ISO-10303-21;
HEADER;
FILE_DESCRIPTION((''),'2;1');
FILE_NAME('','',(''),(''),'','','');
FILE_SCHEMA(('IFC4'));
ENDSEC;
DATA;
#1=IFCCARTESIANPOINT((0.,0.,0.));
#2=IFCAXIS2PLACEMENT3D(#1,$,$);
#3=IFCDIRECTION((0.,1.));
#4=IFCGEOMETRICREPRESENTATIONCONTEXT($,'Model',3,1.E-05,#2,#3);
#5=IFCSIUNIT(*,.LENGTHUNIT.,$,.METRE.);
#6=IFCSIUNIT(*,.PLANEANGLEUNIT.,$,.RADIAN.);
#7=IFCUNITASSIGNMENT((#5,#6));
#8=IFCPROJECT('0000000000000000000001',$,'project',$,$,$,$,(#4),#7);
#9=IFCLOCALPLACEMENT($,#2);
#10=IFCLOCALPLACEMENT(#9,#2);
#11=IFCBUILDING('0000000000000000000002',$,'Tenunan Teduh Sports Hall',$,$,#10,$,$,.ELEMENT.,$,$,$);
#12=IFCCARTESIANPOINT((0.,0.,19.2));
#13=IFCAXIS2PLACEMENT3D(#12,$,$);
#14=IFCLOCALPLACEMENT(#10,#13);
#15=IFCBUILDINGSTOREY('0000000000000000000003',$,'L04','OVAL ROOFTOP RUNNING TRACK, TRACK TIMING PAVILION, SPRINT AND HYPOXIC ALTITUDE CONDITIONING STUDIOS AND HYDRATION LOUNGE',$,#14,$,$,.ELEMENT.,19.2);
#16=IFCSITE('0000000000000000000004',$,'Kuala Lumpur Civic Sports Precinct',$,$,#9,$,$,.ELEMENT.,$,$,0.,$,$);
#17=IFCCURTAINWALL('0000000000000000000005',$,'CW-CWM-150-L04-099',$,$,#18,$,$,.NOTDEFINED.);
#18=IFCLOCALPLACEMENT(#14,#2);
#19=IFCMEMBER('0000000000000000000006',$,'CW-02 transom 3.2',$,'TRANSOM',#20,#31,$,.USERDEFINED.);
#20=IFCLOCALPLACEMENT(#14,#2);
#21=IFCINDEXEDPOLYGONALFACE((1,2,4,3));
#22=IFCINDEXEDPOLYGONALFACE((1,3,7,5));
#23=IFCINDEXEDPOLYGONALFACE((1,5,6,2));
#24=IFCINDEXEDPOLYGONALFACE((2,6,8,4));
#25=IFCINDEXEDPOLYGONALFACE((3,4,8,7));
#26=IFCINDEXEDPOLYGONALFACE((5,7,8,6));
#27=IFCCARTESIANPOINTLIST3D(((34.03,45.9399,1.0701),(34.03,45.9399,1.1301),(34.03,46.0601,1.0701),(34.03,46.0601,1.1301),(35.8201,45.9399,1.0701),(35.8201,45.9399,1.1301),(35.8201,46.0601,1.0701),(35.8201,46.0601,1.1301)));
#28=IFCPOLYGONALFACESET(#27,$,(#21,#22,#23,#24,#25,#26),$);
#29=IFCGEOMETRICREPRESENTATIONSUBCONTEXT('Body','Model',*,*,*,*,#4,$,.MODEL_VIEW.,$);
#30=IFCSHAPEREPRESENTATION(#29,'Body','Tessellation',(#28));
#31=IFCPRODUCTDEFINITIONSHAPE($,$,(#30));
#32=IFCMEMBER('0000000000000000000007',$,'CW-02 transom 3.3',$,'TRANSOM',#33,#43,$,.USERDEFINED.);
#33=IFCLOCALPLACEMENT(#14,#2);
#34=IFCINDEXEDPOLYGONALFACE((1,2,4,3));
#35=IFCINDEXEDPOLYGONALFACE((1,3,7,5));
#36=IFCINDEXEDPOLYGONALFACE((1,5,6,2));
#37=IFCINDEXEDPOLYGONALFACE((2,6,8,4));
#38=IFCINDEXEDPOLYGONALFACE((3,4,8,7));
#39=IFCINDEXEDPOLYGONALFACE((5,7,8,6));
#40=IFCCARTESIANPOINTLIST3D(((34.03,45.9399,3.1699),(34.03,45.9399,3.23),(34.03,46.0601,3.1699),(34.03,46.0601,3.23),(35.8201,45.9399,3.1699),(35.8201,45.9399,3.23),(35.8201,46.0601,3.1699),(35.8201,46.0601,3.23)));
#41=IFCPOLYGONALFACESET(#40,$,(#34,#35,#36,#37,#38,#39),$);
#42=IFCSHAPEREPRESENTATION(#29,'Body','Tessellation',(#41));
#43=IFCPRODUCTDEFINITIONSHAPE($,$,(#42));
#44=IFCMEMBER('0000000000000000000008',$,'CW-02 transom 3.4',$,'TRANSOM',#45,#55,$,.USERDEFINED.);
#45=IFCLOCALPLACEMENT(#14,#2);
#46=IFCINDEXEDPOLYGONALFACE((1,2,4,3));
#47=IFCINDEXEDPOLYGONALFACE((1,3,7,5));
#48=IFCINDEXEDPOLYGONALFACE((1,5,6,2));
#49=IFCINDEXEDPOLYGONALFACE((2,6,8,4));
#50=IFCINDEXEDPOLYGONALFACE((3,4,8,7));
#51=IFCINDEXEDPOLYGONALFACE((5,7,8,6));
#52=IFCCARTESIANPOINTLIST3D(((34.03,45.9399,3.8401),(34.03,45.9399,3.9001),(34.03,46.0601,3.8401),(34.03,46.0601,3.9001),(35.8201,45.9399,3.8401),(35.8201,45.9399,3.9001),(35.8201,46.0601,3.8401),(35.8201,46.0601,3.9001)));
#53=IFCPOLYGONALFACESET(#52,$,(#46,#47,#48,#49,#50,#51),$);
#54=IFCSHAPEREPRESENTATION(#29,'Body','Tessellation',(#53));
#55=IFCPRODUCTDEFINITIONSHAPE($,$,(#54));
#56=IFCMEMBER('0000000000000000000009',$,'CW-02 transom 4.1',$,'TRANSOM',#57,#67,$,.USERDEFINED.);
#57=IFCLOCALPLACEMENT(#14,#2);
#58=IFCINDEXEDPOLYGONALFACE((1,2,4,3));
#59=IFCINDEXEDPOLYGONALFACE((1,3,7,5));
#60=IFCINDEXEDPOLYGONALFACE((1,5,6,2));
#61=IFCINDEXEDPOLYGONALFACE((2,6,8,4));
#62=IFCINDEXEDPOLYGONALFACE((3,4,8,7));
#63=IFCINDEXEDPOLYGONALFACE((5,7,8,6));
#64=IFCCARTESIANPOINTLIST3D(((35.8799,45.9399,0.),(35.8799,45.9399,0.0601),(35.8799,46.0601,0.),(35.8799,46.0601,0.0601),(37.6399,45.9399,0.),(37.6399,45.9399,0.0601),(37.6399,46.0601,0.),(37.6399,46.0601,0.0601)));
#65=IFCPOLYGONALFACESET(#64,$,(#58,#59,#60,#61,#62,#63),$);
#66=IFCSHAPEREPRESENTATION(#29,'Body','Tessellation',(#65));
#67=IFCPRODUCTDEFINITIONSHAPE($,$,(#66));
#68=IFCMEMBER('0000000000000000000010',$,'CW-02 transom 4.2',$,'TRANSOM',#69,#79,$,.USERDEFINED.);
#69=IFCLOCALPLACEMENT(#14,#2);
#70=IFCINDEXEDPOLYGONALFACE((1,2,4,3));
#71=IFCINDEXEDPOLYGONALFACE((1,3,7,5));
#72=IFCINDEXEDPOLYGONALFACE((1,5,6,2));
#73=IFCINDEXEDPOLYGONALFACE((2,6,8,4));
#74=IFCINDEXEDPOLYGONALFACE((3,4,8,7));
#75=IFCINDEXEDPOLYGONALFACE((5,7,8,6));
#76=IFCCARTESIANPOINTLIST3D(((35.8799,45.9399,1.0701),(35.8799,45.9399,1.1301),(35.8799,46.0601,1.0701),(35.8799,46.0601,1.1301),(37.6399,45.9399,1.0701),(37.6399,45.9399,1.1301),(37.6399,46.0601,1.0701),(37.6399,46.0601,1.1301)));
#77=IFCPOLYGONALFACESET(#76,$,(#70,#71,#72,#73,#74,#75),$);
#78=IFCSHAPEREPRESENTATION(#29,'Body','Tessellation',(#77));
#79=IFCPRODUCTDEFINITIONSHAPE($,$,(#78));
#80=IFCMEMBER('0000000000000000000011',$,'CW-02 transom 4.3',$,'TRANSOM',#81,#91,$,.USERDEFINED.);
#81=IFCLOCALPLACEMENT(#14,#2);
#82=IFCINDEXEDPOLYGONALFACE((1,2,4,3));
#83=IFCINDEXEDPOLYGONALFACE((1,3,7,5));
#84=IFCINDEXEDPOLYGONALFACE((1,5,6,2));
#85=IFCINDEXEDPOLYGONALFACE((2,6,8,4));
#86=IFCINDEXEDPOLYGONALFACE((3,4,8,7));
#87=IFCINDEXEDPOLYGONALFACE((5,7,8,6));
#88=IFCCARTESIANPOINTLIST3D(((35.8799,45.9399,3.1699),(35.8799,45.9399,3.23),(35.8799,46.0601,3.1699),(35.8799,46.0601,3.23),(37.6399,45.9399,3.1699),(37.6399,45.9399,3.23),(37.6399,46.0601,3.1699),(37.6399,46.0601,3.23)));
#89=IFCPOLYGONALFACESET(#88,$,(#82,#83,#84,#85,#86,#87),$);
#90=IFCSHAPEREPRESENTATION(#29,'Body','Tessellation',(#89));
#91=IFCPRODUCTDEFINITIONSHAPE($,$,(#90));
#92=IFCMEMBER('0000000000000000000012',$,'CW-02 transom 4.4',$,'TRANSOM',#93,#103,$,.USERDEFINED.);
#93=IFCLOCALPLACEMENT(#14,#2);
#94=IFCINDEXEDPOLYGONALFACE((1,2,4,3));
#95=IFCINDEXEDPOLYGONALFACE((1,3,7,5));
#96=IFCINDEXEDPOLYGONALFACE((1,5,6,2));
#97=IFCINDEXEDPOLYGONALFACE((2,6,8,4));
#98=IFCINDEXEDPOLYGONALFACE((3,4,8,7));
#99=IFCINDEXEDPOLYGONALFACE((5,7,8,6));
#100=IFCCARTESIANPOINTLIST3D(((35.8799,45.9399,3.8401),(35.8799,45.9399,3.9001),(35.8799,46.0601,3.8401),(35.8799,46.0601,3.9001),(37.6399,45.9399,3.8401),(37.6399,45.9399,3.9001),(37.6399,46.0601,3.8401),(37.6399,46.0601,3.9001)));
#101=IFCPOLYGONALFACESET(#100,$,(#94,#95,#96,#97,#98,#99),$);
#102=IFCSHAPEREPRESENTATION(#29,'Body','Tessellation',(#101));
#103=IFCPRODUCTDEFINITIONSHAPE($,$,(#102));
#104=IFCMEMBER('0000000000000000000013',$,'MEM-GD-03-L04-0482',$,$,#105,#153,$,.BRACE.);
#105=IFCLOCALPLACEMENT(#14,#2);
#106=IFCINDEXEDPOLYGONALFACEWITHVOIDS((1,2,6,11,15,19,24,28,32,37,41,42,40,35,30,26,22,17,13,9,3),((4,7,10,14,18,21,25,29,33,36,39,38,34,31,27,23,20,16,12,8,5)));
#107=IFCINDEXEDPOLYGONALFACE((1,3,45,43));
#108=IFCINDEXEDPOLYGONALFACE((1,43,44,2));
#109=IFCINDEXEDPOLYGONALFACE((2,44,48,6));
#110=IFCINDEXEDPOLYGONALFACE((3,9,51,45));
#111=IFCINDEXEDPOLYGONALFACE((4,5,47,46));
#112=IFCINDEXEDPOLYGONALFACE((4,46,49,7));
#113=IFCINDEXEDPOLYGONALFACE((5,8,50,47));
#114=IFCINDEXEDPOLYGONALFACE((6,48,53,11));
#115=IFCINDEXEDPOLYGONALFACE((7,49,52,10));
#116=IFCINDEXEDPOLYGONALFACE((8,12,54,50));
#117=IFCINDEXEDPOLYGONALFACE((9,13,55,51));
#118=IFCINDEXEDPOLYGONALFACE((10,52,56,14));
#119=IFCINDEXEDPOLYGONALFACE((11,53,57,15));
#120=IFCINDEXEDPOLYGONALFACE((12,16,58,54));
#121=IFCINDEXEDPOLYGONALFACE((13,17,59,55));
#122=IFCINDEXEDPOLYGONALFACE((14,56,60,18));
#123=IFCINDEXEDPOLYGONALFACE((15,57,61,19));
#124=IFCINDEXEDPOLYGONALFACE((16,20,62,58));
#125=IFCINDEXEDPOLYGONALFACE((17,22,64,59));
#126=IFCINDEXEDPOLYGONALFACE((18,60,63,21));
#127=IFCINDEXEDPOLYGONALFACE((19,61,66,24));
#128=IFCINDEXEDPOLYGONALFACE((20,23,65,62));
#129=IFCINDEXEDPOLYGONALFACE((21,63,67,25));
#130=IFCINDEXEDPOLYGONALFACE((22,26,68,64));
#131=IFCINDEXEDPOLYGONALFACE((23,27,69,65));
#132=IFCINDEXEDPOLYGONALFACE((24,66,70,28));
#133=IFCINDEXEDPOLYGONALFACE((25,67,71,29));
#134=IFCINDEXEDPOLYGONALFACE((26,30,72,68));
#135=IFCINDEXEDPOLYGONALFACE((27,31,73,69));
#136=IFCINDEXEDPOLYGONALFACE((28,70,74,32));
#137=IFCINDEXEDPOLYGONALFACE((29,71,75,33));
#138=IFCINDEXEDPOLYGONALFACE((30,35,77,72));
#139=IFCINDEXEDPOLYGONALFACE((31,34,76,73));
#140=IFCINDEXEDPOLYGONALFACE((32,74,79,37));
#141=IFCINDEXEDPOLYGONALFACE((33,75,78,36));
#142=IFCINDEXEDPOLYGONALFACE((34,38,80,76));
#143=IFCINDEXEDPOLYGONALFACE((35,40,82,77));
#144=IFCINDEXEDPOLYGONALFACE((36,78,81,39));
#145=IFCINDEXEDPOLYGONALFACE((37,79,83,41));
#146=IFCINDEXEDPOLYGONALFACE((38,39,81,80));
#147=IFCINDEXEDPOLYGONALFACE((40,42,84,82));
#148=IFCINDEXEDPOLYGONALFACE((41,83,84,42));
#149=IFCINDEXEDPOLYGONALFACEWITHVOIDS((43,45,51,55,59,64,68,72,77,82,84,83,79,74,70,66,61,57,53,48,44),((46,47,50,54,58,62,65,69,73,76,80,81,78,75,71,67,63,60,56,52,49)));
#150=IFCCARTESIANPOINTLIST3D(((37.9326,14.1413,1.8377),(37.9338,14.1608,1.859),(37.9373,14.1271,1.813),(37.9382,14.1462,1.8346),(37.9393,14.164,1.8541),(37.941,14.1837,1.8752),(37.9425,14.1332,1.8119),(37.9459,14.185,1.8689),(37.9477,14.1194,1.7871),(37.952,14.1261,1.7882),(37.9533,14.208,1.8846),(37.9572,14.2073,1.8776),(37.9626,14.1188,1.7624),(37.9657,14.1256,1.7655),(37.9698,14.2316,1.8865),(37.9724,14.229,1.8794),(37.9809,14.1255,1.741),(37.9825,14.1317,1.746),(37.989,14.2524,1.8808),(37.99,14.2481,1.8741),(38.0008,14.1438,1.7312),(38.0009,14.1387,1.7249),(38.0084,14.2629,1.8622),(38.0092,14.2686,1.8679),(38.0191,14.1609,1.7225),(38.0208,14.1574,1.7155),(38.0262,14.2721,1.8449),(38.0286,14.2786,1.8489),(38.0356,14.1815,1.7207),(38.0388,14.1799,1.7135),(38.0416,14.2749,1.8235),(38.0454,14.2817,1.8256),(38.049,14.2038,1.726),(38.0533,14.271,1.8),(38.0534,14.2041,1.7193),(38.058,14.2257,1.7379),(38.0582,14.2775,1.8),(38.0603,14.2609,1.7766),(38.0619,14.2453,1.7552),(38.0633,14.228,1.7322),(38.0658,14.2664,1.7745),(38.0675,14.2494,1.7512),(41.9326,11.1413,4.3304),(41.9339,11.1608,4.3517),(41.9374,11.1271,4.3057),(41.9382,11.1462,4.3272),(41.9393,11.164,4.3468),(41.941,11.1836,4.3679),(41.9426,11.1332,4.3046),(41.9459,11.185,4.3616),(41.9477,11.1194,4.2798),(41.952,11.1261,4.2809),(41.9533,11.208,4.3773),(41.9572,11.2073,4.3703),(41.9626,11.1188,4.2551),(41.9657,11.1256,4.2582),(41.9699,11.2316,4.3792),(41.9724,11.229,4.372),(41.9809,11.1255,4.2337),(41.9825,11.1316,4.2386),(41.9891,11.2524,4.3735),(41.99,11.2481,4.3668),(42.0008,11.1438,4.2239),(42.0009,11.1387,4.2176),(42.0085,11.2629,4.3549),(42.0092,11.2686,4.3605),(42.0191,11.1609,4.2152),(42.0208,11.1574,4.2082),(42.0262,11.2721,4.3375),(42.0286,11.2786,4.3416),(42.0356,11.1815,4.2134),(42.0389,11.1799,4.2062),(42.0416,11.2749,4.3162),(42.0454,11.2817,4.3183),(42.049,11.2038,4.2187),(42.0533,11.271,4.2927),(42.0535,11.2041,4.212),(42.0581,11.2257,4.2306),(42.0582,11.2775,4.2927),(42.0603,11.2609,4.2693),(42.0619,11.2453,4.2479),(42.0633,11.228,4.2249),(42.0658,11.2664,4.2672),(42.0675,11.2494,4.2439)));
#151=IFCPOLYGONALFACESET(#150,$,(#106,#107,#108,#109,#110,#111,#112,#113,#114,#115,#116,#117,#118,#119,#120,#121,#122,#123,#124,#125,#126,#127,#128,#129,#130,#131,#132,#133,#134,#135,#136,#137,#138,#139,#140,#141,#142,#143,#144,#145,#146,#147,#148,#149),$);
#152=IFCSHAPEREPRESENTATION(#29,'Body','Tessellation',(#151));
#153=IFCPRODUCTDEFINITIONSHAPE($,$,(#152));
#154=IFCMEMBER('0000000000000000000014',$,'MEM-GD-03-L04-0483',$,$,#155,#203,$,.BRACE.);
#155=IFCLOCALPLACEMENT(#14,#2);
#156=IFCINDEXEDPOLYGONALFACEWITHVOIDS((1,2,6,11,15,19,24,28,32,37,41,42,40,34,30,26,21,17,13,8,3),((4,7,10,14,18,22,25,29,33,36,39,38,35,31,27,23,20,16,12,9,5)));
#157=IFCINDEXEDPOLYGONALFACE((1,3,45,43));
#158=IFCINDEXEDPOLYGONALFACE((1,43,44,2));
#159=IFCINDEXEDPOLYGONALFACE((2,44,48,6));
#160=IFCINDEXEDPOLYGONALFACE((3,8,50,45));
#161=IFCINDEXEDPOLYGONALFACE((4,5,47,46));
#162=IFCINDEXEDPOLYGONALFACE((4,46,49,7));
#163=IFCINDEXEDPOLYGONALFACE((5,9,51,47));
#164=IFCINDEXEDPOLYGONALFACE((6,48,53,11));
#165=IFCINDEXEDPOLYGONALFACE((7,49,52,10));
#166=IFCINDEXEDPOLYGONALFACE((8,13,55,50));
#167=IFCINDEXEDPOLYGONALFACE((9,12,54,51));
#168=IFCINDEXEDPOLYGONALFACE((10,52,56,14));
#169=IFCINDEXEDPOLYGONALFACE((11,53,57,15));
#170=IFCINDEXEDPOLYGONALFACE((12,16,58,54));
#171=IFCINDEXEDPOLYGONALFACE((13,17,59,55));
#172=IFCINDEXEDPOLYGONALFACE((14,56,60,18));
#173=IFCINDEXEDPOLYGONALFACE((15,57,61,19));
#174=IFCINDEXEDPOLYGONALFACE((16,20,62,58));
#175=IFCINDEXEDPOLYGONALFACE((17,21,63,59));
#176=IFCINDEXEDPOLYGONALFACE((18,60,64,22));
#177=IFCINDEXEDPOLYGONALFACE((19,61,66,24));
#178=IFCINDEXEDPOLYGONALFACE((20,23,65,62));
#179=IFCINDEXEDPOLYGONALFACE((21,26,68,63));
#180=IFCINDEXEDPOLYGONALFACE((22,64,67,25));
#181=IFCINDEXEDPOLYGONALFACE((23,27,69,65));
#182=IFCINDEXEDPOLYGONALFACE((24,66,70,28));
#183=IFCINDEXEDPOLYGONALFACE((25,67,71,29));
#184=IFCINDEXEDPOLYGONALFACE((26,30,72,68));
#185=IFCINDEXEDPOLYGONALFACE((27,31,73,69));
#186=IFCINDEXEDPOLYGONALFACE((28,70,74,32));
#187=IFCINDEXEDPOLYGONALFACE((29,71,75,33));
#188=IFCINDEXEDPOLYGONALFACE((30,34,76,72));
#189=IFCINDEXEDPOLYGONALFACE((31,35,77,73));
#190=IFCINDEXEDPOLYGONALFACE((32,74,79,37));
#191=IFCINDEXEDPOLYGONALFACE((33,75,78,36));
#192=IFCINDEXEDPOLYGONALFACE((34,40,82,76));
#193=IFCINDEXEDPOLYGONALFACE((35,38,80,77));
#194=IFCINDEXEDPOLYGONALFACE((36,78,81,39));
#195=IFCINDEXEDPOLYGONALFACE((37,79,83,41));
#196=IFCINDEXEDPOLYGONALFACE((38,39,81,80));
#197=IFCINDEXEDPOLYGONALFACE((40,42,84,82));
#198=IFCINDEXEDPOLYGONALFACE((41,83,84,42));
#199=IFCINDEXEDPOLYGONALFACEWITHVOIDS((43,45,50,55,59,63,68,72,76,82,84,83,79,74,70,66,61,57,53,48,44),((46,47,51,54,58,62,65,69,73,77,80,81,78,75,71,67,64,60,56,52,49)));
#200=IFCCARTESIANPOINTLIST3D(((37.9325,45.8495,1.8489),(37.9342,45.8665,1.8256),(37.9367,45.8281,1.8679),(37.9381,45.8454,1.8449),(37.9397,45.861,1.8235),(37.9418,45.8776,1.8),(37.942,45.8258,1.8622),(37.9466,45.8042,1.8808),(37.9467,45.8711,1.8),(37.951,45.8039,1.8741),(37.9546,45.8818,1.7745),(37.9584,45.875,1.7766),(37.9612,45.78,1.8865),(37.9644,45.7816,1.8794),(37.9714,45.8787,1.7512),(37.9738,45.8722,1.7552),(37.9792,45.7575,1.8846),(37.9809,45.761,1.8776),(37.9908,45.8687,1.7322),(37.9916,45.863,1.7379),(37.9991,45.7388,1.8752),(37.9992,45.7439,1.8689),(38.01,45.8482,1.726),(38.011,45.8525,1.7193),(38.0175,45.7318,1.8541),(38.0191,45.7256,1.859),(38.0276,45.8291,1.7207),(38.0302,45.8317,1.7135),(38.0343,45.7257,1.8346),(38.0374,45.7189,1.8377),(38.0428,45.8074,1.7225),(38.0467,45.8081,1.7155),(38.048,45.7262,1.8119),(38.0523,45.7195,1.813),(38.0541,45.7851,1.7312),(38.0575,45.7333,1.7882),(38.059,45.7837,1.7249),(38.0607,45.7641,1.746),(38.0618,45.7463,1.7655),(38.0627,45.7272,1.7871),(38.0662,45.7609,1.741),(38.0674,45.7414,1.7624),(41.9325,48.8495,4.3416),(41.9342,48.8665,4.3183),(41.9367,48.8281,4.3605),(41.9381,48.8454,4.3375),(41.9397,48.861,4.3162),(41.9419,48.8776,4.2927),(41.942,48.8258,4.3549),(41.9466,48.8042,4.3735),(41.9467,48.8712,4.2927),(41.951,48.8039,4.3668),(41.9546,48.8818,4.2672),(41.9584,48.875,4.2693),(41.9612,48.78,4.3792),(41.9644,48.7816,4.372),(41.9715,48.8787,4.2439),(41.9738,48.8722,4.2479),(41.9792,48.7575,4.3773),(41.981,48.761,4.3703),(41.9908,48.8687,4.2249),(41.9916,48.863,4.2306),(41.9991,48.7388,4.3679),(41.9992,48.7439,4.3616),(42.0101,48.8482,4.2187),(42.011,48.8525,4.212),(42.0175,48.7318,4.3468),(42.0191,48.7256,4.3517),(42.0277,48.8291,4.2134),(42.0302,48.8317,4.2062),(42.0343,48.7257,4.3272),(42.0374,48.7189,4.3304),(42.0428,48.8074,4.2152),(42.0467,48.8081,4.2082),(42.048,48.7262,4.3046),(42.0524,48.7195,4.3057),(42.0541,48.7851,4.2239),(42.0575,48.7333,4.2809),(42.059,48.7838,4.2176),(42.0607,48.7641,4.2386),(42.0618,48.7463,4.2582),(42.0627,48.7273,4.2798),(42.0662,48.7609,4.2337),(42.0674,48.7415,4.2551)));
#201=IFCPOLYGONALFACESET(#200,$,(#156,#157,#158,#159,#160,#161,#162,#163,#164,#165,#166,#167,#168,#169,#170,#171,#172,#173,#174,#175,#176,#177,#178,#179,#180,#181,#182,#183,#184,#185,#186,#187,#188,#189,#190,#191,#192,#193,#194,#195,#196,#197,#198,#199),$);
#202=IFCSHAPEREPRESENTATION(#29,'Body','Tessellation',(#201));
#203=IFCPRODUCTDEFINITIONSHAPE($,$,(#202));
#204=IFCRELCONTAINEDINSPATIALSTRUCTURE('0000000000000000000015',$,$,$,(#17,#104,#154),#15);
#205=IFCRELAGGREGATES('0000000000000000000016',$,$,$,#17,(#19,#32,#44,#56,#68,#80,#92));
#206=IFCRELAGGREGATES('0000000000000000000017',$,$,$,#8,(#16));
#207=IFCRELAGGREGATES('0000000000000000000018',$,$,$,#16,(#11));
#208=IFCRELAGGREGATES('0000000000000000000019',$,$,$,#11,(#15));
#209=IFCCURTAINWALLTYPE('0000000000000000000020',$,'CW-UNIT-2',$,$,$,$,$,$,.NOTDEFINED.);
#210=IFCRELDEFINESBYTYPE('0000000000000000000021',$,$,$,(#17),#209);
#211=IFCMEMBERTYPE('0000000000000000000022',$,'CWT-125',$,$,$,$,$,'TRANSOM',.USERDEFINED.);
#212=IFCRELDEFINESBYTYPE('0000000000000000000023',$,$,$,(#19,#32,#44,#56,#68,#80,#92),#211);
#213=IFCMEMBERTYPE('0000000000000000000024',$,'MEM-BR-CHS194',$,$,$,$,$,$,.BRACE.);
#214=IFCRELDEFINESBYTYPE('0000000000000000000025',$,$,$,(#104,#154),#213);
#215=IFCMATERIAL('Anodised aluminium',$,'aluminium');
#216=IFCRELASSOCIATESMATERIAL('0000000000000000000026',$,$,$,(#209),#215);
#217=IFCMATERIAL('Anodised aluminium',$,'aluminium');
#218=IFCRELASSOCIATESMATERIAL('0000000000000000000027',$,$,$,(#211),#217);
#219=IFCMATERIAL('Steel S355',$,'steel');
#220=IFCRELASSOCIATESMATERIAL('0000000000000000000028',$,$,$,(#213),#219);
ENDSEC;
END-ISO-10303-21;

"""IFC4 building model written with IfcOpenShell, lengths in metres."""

from ifc_helpers import new_model, si_unit, direction, frame, origin, origin_2d, place, context, subcontext, project, spatial, rectangle, hollow_circle, extrude, material, material_profile, profile_set, type_object, element, aggregate, save


model = new_model("IFC4")

# Units and contexts
model_context = context("Model", 3, precision=1e-05, world=origin(), true_north=direction((0.0, 1.0)))
body_context = subcontext(model_context, "Body", "Model", "MODEL_VIEW")
ifc_project = project(units=[si_unit("LENGTHUNIT", "METRE"), si_unit("PLANEANGLEUNIT", "RADIAN")], contexts=[model_context])

# Site, building, storey
site_placement = place(None, origin())
site = spatial("IfcSite", under=ifc_project, at=site_placement, Name="Kuala Lumpur Civic Sports Precinct", CompositionType="ELEMENT", RefElevation=0.0)
building_placement = place(site_placement, origin())
building = spatial("IfcBuilding", under=site, at=building_placement, Name="Tenunan Teduh Sports Hall", CompositionType="ELEMENT")
storey_placement = place(building_placement, frame((0.0, 0.0, 19.2)))
storey = spatial("IfcBuildingStorey", under=building, at=storey_placement, Name="L04", Description="OVAL ROOFTOP RUNNING TRACK, TRACK TIMING PAVILION, SPRINT AND HYPOXIC ALTITUDE CONDITIONING STUDIOS AND HYDRATION LOUNGE", CompositionType="ELEMENT", Elevation=19.2)

# Curtain wall
ifc_material_1 = material(Name="Anodised aluminium", Category="aluminium")
curtain_wall_type = type_object("IfcCurtainWallType", Name="CW-UNIT-2", PredefinedType="NOTDEFINED", material=ifc_material_1)
curtain_wall_1_placement = place(storey_placement, origin())
curtain_wall_1 = element("IfcCurtainWall", 1, at=curtain_wall_1_placement, inside=storey, type_object=curtain_wall_type, Name="CW-CWM-150-L04-099", PredefinedType="NOTDEFINED")

# Members
ifc_material_2 = material(Name="Anodised aluminium", Category="aluminium")
ifc_material_profile_1 = material_profile(ifc_material_2, rectangle(XDim=0.0601, YDim=0.1201, at=origin_2d()), Name="CWT 60x120")
ifc_profile_set_1 = profile_set([ifc_material_profile_1], Name="Anodised aluminium")
member_type_1 = type_object("IfcMemberType", Name="CWT-125", ElementType="TRANSOM", PredefinedType="USERDEFINED", material=ifc_profile_set_1)
member_1_placement = place(storey_placement, frame((34.03, 46.0, 1.1001), z_axis=(1.0, 0.0, 0.0), x_axis=(0.0, 0.0, 1.0)))
member_1 = element("IfcMember", 2, at=member_1_placement, type_object=member_type_1, Name="CW-02 transom 3.2", ObjectType="TRANSOM", PredefinedType="USERDEFINED", context=body_context, shape_type="SweptSolid", body=[
    extrude(rectangle(XDim=0.0601, YDim=0.1201, at=origin_2d()), origin(), (0.0, 0.0, 1.0), 1.79),
])
member_2_placement = place(storey_placement, frame((34.03, 46.0, 3.2), z_axis=(1.0, 0.0, 0.0), x_axis=(0.0, 0.0, 1.0)))
member_2 = element("IfcMember", 3, at=member_2_placement, type_object=member_type_1, Name="CW-02 transom 3.3", ObjectType="TRANSOM", PredefinedType="USERDEFINED", context=body_context, shape_type="SweptSolid", body=[
    extrude(rectangle(XDim=0.0601, YDim=0.1201, at=origin_2d()), origin(), (0.0, 0.0, 1.0), 1.79),
])
member_3_placement = place(storey_placement, frame((34.03, 46.0, 3.8701), z_axis=(1.0, 0.0, 0.0), x_axis=(0.0, 0.0, 1.0)))
member_3 = element("IfcMember", 4, at=member_3_placement, type_object=member_type_1, Name="CW-02 transom 3.4", ObjectType="TRANSOM", PredefinedType="USERDEFINED", context=body_context, shape_type="SweptSolid", body=[
    extrude(rectangle(XDim=0.0601, YDim=0.1201, at=origin_2d()), origin(), (0.0, 0.0, 1.0), 1.79),
])
member_4_placement = place(storey_placement, frame((35.8799, 46.0, 0.03), z_axis=(1.0, 0.0, 0.0), x_axis=(0.0, 0.0, 1.0)))
member_4 = element("IfcMember", 5, at=member_4_placement, type_object=member_type_1, Name="CW-02 transom 4.1", ObjectType="TRANSOM", PredefinedType="USERDEFINED", context=body_context, shape_type="SweptSolid", body=[
    extrude(rectangle(XDim=0.0601, YDim=0.1201, at=origin_2d()), origin(), (0.0, 0.0, 1.0), 1.76),
])
member_5_placement = place(storey_placement, frame((35.8799, 46.0, 1.1001), z_axis=(1.0, 0.0, 0.0), x_axis=(0.0, 0.0, 1.0)))
member_5 = element("IfcMember", 6, at=member_5_placement, type_object=member_type_1, Name="CW-02 transom 4.2", ObjectType="TRANSOM", PredefinedType="USERDEFINED", context=body_context, shape_type="SweptSolid", body=[
    extrude(rectangle(XDim=0.0601, YDim=0.1201, at=origin_2d()), origin(), (0.0, 0.0, 1.0), 1.76),
])
member_6_placement = place(storey_placement, frame((35.8799, 46.0, 3.2), z_axis=(1.0, 0.0, 0.0), x_axis=(0.0, 0.0, 1.0)))
member_6 = element("IfcMember", 7, at=member_6_placement, type_object=member_type_1, Name="CW-02 transom 4.3", ObjectType="TRANSOM", PredefinedType="USERDEFINED", context=body_context, shape_type="SweptSolid", body=[
    extrude(rectangle(XDim=0.0601, YDim=0.1201, at=origin_2d()), origin(), (0.0, 0.0, 1.0), 1.76),
])
member_7_placement = place(storey_placement, frame((35.8799, 46.0, 3.8701), z_axis=(1.0, 0.0, 0.0), x_axis=(0.0, 0.0, 1.0)))
member_7 = element("IfcMember", 8, at=member_7_placement, type_object=member_type_1, Name="CW-02 transom 4.4", ObjectType="TRANSOM", PredefinedType="USERDEFINED", context=body_context, shape_type="SweptSolid", body=[
    extrude(rectangle(XDim=0.0601, YDim=0.1201, at=origin_2d()), origin(), (0.0, 0.0, 1.0), 1.76),
])

# Members
ifc_material_3 = material(Name="Steel S355", Category="steel")
ifc_material_profile_2 = material_profile(ifc_material_3, hollow_circle(Radius=0.0969, WallThickness=0.0081, at=origin_2d()), Name="CHS 193.7x8.0")
ifc_profile_set_2 = profile_set([ifc_material_profile_2], Name="Steel S355")
member_type_2 = type_object("IfcMemberType", Name="MEM-BR-CHS194", PredefinedType="BRACE", material=ifc_profile_set_2)
for number, where, z_axis, x_axis, name in (
    (9, (38.0, 14.2, 1.8), (0.715961, -0.536971, 0.446165), (0.6, 0.8, 0.0), "MEM-GD-03-L04-0482"),
    (10, (38.0, 45.8, 1.8), (0.715961, 0.536971, 0.446165), (-0.6, 0.8, 0.0), "MEM-GD-03-L04-0483"),
):
    element("IfcMember", number, at=place(storey_placement, frame(where, z_axis=z_axis, x_axis=x_axis)), inside=storey, type_object=member_type_2, Name=name, PredefinedType="BRACE", context=body_context, shape_type="SweptSolid", body=[
        extrude(hollow_circle(Radius=0.0969, WallThickness=0.0081, at=origin_2d()), origin(), (0.0, 0.0, 1.0), 5.5869),
    ])

aggregate(curtain_wall_1, [member_1, member_2, member_3, member_4, member_5, member_6, member_7])

save(model, "model.ifc")
